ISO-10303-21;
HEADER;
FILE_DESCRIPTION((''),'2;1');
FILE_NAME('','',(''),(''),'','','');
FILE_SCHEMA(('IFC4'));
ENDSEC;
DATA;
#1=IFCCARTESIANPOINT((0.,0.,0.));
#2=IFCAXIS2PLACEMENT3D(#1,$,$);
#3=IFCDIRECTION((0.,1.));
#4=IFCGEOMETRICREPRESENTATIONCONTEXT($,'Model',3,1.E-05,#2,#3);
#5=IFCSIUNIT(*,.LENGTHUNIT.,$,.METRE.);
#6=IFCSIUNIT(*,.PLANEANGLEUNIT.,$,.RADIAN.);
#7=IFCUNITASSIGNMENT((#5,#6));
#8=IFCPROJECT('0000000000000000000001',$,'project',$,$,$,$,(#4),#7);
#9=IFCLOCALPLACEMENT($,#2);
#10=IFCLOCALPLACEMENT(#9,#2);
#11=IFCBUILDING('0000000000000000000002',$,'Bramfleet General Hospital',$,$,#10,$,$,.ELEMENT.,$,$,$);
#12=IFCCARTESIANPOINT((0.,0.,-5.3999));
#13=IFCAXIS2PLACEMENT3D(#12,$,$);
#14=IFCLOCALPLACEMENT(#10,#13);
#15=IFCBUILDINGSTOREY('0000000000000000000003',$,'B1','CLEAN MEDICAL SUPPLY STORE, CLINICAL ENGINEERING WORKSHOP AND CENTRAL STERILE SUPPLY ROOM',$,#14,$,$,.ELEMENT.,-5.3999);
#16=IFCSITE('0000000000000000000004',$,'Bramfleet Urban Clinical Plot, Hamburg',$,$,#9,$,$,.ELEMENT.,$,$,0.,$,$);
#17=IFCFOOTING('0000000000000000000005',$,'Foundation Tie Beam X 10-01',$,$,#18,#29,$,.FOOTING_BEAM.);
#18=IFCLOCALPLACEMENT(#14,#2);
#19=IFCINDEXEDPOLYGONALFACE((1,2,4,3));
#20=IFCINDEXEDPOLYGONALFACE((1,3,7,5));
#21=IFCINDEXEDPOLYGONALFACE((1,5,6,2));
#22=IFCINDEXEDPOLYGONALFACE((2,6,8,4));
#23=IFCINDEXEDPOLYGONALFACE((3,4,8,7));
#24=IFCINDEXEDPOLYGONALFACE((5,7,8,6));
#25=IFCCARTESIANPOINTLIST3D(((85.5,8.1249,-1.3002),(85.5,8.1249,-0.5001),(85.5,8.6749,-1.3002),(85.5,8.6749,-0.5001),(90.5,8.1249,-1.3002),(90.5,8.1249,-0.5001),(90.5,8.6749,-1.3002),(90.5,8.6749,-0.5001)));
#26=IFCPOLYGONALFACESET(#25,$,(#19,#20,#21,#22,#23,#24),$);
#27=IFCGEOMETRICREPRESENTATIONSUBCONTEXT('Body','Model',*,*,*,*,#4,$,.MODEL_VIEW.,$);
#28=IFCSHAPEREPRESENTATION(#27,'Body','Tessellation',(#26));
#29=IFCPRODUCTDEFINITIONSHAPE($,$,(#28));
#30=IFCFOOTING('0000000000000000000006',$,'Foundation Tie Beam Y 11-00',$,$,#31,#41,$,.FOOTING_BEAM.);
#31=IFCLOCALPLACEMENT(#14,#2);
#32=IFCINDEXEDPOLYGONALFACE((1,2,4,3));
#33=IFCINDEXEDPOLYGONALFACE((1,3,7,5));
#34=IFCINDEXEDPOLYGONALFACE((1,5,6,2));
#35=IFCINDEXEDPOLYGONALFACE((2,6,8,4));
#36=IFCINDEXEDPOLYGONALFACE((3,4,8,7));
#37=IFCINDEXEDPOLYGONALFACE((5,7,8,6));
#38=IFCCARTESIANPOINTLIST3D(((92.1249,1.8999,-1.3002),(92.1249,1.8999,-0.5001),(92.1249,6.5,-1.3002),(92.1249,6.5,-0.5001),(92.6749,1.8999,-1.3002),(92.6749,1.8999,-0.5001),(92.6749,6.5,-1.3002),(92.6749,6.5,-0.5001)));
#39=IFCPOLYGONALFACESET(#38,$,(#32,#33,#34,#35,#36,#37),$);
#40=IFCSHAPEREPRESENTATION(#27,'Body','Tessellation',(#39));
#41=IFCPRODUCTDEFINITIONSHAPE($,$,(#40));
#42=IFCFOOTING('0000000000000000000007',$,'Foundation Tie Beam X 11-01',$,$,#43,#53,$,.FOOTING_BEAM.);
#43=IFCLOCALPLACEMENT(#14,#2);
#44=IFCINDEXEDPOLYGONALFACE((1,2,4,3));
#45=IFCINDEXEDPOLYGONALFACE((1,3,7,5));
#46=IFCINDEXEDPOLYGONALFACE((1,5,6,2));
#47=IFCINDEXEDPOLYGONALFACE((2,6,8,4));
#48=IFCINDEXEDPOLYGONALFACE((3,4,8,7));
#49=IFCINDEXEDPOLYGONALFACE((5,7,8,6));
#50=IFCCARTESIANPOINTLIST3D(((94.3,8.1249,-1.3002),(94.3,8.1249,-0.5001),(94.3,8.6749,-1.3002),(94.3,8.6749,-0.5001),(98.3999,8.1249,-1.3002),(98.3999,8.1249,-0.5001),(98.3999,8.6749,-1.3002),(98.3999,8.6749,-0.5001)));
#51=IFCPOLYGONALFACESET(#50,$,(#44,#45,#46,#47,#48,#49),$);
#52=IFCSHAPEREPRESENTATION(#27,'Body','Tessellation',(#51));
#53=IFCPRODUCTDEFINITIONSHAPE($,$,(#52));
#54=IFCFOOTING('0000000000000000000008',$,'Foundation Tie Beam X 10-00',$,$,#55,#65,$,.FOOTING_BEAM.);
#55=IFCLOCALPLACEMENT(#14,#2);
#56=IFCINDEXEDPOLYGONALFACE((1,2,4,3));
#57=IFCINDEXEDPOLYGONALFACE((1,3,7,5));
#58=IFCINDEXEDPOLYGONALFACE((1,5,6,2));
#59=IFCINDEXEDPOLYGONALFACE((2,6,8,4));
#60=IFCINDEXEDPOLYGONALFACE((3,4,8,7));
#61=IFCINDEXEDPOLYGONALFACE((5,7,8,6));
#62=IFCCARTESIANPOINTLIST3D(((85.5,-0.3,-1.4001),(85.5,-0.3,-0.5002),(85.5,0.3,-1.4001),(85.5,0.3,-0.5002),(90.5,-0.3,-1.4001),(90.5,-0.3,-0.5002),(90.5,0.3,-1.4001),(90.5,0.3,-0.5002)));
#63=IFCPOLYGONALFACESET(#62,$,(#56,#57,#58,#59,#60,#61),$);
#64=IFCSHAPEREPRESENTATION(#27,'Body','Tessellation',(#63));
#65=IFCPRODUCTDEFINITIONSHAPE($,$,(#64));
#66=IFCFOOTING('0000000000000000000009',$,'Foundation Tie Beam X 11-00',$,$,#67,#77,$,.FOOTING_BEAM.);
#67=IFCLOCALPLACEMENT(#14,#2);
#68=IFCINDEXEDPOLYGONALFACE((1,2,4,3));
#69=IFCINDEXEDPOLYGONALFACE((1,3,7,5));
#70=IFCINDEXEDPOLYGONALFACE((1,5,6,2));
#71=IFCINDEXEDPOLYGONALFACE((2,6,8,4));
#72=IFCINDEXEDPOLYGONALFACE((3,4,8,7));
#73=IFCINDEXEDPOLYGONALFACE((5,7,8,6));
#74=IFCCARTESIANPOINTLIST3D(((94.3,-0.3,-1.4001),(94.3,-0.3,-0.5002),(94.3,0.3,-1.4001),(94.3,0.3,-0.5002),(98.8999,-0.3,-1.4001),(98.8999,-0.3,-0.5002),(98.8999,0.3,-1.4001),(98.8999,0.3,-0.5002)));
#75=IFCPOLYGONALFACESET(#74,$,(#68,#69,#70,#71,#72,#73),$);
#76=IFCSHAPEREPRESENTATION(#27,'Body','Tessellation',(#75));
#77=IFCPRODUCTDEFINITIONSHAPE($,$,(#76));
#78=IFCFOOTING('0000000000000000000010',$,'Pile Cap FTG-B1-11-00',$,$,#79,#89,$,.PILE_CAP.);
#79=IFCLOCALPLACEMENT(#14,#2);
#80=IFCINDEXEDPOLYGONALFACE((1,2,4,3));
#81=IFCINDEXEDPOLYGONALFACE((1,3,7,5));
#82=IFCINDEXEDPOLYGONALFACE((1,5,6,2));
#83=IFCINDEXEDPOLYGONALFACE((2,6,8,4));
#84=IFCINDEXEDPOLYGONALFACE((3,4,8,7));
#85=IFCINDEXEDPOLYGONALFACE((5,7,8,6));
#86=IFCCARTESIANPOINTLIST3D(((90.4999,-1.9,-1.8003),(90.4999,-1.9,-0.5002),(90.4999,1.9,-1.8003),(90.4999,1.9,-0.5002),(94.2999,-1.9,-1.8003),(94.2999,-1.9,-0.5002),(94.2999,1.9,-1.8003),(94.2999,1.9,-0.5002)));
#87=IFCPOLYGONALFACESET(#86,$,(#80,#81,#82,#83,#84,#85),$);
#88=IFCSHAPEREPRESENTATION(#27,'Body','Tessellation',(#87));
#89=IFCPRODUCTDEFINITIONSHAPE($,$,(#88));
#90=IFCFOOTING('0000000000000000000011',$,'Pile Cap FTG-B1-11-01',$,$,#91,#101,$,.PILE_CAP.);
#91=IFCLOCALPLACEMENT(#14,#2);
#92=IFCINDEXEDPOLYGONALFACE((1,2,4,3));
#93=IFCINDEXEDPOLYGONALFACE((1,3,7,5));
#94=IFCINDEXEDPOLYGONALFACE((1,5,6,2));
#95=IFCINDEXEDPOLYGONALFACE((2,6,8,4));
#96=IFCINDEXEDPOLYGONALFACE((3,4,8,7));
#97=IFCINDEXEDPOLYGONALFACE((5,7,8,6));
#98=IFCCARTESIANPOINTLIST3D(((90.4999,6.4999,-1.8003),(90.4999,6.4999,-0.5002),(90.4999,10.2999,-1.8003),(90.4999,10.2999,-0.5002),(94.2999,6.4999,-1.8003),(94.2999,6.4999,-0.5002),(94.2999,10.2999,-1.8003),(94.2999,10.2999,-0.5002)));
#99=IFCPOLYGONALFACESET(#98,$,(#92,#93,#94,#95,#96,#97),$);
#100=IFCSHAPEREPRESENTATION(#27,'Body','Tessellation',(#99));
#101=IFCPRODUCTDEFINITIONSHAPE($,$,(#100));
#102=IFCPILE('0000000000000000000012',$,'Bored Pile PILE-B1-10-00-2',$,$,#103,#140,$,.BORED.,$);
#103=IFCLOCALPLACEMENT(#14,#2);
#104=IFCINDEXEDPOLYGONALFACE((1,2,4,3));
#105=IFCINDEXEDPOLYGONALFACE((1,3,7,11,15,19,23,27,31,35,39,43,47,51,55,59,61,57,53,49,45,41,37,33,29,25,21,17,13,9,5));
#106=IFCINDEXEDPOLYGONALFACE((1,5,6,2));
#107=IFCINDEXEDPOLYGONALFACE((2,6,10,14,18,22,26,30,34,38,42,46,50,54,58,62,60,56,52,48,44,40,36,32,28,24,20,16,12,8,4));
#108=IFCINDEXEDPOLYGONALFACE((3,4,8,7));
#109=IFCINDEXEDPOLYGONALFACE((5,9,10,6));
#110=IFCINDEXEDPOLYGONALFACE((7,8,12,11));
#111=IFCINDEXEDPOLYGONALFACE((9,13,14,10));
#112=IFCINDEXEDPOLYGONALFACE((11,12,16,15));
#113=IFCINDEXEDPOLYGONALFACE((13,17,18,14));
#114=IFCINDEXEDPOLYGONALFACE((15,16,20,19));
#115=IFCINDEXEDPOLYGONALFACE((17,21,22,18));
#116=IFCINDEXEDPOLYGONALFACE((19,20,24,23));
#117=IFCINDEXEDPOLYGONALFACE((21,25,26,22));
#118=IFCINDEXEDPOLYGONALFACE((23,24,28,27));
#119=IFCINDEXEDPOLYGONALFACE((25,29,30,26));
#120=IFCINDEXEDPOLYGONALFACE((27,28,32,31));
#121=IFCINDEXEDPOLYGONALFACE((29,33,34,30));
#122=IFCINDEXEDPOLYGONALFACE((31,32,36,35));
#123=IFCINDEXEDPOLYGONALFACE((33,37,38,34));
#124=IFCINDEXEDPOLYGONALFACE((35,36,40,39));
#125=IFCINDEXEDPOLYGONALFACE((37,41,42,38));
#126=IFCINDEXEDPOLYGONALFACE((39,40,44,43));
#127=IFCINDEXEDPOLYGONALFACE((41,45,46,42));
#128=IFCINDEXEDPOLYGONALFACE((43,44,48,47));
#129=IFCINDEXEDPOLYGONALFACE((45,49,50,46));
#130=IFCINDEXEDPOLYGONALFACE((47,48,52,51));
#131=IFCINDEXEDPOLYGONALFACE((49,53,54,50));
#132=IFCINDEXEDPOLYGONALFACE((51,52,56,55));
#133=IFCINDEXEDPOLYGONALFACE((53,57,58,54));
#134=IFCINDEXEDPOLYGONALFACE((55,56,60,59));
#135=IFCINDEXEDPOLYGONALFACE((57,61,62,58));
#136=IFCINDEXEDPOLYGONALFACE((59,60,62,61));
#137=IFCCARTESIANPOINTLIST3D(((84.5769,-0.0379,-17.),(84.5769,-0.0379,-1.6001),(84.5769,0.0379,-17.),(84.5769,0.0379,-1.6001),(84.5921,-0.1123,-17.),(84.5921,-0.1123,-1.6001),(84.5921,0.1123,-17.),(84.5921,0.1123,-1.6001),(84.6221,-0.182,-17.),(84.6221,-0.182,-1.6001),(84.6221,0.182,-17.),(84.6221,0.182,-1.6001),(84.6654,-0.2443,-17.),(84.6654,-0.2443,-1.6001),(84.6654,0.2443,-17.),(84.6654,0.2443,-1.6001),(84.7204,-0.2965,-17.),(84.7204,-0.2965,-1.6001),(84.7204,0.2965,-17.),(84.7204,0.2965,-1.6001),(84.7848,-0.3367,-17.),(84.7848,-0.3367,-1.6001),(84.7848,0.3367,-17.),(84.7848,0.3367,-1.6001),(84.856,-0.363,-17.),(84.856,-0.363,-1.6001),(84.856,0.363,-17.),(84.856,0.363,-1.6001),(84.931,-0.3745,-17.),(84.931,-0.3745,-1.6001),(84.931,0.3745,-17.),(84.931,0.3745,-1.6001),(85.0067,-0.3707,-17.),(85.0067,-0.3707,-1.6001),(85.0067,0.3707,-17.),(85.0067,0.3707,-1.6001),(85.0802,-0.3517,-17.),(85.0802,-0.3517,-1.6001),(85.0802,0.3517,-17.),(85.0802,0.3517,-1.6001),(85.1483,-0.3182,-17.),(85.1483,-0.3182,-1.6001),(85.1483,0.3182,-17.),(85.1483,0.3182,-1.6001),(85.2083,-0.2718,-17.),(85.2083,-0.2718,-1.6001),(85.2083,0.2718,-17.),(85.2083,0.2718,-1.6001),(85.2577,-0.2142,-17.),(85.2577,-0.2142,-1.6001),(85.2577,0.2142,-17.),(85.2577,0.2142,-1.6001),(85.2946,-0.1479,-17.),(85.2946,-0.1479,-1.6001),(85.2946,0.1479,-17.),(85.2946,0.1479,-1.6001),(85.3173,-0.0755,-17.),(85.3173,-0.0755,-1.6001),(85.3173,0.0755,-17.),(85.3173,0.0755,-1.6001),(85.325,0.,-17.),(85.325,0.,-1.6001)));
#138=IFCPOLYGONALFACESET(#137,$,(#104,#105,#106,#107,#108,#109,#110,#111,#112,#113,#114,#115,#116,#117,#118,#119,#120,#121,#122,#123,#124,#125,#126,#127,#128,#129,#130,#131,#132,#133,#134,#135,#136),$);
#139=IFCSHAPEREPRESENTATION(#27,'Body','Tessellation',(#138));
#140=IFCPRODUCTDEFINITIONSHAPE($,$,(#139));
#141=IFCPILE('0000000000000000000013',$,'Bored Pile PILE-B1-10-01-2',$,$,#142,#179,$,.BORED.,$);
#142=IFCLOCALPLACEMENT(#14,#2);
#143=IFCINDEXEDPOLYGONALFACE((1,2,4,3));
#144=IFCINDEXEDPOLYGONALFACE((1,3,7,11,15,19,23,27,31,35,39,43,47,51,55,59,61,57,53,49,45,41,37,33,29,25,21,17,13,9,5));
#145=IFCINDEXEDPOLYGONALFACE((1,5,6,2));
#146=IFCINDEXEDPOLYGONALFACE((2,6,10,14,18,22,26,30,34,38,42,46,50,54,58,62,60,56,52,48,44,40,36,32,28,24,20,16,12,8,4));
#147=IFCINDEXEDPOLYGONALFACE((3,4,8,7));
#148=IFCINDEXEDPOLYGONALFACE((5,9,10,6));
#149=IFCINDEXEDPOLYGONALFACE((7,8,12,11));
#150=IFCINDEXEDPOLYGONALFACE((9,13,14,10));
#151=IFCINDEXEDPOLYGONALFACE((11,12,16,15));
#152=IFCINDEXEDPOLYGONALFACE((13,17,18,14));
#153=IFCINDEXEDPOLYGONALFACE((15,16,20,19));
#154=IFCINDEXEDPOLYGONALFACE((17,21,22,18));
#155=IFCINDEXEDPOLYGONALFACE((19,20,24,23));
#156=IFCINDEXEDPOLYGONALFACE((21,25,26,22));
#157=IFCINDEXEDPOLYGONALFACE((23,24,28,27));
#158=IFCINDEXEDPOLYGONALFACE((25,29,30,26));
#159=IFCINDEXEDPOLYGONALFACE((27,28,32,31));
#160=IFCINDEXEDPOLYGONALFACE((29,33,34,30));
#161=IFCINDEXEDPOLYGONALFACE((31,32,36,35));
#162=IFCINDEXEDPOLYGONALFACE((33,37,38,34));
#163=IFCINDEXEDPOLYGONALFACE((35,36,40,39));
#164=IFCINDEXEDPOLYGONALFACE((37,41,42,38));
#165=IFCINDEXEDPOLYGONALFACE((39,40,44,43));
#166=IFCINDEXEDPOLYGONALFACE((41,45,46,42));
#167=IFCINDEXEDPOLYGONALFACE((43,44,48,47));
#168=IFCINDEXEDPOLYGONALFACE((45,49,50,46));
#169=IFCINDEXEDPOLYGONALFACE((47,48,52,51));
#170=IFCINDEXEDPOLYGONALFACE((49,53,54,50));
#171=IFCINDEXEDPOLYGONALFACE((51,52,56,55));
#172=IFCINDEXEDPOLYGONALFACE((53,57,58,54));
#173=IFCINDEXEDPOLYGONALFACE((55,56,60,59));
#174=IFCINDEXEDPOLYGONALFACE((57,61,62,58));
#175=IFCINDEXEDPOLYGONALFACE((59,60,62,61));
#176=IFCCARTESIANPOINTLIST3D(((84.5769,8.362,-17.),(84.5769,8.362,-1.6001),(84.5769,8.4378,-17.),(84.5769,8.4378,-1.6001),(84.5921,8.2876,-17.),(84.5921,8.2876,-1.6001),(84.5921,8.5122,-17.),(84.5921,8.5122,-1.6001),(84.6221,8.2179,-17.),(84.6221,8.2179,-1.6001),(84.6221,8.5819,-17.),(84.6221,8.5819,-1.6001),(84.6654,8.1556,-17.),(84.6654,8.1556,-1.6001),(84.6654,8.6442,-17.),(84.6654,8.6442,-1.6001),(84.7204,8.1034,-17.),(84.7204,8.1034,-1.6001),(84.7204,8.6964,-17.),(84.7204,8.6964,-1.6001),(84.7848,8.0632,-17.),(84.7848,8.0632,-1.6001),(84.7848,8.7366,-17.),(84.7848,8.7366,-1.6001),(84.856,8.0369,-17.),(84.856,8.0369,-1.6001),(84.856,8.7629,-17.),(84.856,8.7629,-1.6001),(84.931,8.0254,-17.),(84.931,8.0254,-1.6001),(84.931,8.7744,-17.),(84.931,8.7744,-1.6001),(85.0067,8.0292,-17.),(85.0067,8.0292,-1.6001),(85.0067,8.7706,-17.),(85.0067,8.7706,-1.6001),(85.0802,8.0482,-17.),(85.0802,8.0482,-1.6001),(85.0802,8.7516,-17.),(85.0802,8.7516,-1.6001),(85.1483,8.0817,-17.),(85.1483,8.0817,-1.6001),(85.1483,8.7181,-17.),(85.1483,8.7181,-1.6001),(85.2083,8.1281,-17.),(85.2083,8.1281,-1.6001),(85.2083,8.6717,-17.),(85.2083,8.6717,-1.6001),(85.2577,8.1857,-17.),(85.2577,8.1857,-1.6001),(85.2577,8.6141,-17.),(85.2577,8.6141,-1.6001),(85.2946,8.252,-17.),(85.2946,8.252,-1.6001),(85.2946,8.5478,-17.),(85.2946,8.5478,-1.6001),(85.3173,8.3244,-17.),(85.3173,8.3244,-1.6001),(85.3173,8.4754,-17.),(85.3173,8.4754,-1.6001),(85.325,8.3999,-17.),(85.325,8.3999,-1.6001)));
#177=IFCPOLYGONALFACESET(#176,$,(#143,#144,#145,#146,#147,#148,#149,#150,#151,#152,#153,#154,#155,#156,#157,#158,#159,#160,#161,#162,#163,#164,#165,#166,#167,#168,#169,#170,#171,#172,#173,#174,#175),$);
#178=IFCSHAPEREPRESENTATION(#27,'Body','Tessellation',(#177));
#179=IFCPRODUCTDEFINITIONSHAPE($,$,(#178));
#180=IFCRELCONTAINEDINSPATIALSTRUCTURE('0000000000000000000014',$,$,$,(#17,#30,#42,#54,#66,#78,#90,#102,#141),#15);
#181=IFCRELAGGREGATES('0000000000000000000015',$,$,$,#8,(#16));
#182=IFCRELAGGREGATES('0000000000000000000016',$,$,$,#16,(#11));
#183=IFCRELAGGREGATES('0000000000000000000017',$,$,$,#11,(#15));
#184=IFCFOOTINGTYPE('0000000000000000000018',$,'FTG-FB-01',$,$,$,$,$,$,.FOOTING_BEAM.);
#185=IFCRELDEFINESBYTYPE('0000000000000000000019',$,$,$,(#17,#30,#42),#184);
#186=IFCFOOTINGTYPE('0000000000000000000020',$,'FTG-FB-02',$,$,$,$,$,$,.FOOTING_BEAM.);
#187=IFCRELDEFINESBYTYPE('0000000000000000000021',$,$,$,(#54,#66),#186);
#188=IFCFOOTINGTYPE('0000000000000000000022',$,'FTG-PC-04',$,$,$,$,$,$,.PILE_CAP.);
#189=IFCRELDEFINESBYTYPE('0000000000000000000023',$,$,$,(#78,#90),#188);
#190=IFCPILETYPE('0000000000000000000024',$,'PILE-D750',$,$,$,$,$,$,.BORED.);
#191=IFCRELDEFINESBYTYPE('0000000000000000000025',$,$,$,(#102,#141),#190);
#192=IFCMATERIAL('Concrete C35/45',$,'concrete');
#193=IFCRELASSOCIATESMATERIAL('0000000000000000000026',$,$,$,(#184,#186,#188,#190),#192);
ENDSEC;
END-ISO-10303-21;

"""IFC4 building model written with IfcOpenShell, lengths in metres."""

from ifc_helpers import new_model, si_unit, direction, frame, origin, origin_2d, place, context, subcontext, project, spatial, rectangle, circle, extrude, material, material_profile, profile_set, type_object, element, save


model = new_model("IFC4")

# Units and contexts
model_context = context("Model", 3, precision=1e-05, world=origin(), true_north=direction((0.0, 1.0)))
body_context = subcontext(model_context, "Body", "Model", "MODEL_VIEW")
ifc_project = project(units=[si_unit("LENGTHUNIT", "METRE"), si_unit("PLANEANGLEUNIT", "RADIAN")], contexts=[model_context])

# Site, building, storey
site_placement = place(None, origin())
site = spatial("IfcSite", under=ifc_project, at=site_placement, Name="Bramfleet Urban Clinical Plot, Hamburg", CompositionType="ELEMENT", RefElevation=0.0)
building_placement = place(site_placement, origin())
building = spatial("IfcBuilding", under=site, at=building_placement, Name="Bramfleet General Hospital", CompositionType="ELEMENT")
storey_placement = place(building_placement, frame((0.0, 0.0, -5.3999)))
storey = spatial("IfcBuildingStorey", under=building, at=storey_placement, Name="B1", Description="CLEAN MEDICAL SUPPLY STORE, CLINICAL ENGINEERING WORKSHOP AND CENTRAL STERILE SUPPLY ROOM", CompositionType="ELEMENT", Elevation=-5.3999)

# Footings
ifc_material_1 = material(Name="Concrete C35/45", Category="concrete")
ifc_material_profile_1 = material_profile(ifc_material_1, rectangle(XDim=0.55, YDim=0.8, at=origin_2d()), Name="RC FB 800x550")
ifc_profile_set_1 = profile_set([ifc_material_profile_1], Name="Concrete C35/45")
footing_type_1 = type_object("IfcFootingType", Name="FTG-FB-01", PredefinedType="FOOTING_BEAM", material=ifc_profile_set_1)
footing_1_placement = place(storey_placement, frame((85.5, 8.3999, -0.9001), z_axis=(1.0, 0.0, 0.0), x_axis=(0.0, 1.0, 0.0)))
element("IfcFooting", 1, at=footing_1_placement, inside=storey, type_object=footing_type_1, Name="Foundation Tie Beam X 10-01", PredefinedType="FOOTING_BEAM", context=body_context, shape_type="SweptSolid", body=[
    extrude(rectangle(XDim=0.55, YDim=0.8, at=origin_2d()), origin(), (0.0, 0.0, 1.0), 5.0),
])
footing_2_placement = place(storey_placement, frame((92.3999, 1.8999, -0.9001), z_axis=(0.0, 1.0, 0.0), x_axis=(-1.0, 0.0, 0.0)))
element("IfcFooting", 2, at=footing_2_placement, inside=storey, type_object=footing_type_1, Name="Foundation Tie Beam Y 11-00", PredefinedType="FOOTING_BEAM", context=body_context, shape_type="SweptSolid", body=[
    extrude(rectangle(XDim=0.55, YDim=0.8, at=origin_2d()), origin(), (0.0, 0.0, 1.0), 4.6001),
])
footing_3_placement = place(storey_placement, frame((94.3, 8.3999, -0.9001), z_axis=(1.0, 0.0, 0.0), x_axis=(0.0, 1.0, 0.0)))
element("IfcFooting", 3, at=footing_3_placement, inside=storey, type_object=footing_type_1, Name="Foundation Tie Beam X 11-01", PredefinedType="FOOTING_BEAM", context=body_context, shape_type="SweptSolid", body=[
    extrude(rectangle(XDim=0.55, YDim=0.8, at=origin_2d()), origin(), (0.0, 0.0, 1.0), 4.0999),
])
ifc_material_profile_2 = material_profile(ifc_material_1, rectangle(XDim=0.6001, YDim=0.8999, at=origin_2d()), Name="RC FB 900x600")
ifc_profile_set_2 = profile_set([ifc_material_profile_2], Name="Concrete C35/45")
footing_type_2 = type_object("IfcFootingType", Name="FTG-FB-02", PredefinedType="FOOTING_BEAM", material=ifc_profile_set_2)
footing_4_placement = place(storey_placement, frame((85.5, 0.0, -0.9502), z_axis=(1.0, 0.0, 0.0), x_axis=(0.0, 1.0, 0.0)))
element("IfcFooting", 4, at=footing_4_placement, inside=storey, type_object=footing_type_2, Name="Foundation Tie Beam X 10-00", PredefinedType="FOOTING_BEAM", context=body_context, shape_type="SweptSolid", body=[
    extrude(rectangle(XDim=0.6001, YDim=0.8999, at=origin_2d()), origin(), (0.0, 0.0, 1.0), 5.0),
])
footing_5_placement = place(storey_placement, frame((94.3, 0.0, -0.9502), z_axis=(1.0, 0.0, 0.0), x_axis=(0.0, 1.0, 0.0)))
element("IfcFooting", 5, at=footing_5_placement, inside=storey, type_object=footing_type_2, Name="Foundation Tie Beam X 11-00", PredefinedType="FOOTING_BEAM", context=body_context, shape_type="SweptSolid", body=[
    extrude(rectangle(XDim=0.6001, YDim=0.8999, at=origin_2d()), origin(), (0.0, 0.0, 1.0), 4.5999),
])
footing_type_3 = type_object("IfcFootingType", Name="FTG-PC-04", PredefinedType="PILE_CAP", material=ifc_material_1)
for number, where, z_axis, x_axis, name in (
    (6, (92.3999, 0.0, -1.8003), (0.0, 0.0, 1.0), (1.0, 0.0, 0.0), "Pile Cap FTG-B1-11-00"),
    (7, (92.3999, 8.3999, -1.8003), (0.0, 0.0, 1.0), (1.0, 0.0, 0.0), "Pile Cap FTG-B1-11-01"),
):
    element("IfcFooting", number, at=place(storey_placement, frame(where, z_axis=z_axis, x_axis=x_axis)), inside=storey, type_object=footing_type_3, Name=name, PredefinedType="PILE_CAP", context=body_context, shape_type="SweptSolid", body=[
        extrude(rectangle(XDim=3.8, YDim=3.8, at=origin_2d()), origin(), (0.0, 0.0, 1.0), 1.3),
    ])

# Piles
ifc_material_profile_3 = material_profile(ifc_material_1, circle(Radius=0.375, at=origin_2d()), Name="PILE BORED D750")
ifc_profile_set_3 = profile_set([ifc_material_profile_3], Name="Concrete C35/45")
pile_type_1 = type_object("IfcPileType", Name="PILE-D750", PredefinedType="BORED", material=ifc_profile_set_3)
for number, where, z_axis, x_axis, name in (
    (8, (84.95, 0.0, -1.6001), (0.0, 0.0, -1.0), (1.0, 0.0, 0.0), "Bored Pile PILE-B1-10-00-2"),
    (9, (84.95, 8.3999, -1.6001), (0.0, 0.0, -1.0), (1.0, 0.0, 0.0), "Bored Pile PILE-B1-10-01-2"),
):
    element("IfcPile", number, at=place(storey_placement, frame(where, z_axis=z_axis, x_axis=x_axis)), inside=storey, type_object=pile_type_1, Name=name, PredefinedType="BORED", context=body_context, shape_type="SweptSolid", body=[
        extrude(circle(Radius=0.375, at=origin_2d()), origin(), (0.0, 0.0, 1.0), 15.3999),
    ])

save(model, "model.ifc")
